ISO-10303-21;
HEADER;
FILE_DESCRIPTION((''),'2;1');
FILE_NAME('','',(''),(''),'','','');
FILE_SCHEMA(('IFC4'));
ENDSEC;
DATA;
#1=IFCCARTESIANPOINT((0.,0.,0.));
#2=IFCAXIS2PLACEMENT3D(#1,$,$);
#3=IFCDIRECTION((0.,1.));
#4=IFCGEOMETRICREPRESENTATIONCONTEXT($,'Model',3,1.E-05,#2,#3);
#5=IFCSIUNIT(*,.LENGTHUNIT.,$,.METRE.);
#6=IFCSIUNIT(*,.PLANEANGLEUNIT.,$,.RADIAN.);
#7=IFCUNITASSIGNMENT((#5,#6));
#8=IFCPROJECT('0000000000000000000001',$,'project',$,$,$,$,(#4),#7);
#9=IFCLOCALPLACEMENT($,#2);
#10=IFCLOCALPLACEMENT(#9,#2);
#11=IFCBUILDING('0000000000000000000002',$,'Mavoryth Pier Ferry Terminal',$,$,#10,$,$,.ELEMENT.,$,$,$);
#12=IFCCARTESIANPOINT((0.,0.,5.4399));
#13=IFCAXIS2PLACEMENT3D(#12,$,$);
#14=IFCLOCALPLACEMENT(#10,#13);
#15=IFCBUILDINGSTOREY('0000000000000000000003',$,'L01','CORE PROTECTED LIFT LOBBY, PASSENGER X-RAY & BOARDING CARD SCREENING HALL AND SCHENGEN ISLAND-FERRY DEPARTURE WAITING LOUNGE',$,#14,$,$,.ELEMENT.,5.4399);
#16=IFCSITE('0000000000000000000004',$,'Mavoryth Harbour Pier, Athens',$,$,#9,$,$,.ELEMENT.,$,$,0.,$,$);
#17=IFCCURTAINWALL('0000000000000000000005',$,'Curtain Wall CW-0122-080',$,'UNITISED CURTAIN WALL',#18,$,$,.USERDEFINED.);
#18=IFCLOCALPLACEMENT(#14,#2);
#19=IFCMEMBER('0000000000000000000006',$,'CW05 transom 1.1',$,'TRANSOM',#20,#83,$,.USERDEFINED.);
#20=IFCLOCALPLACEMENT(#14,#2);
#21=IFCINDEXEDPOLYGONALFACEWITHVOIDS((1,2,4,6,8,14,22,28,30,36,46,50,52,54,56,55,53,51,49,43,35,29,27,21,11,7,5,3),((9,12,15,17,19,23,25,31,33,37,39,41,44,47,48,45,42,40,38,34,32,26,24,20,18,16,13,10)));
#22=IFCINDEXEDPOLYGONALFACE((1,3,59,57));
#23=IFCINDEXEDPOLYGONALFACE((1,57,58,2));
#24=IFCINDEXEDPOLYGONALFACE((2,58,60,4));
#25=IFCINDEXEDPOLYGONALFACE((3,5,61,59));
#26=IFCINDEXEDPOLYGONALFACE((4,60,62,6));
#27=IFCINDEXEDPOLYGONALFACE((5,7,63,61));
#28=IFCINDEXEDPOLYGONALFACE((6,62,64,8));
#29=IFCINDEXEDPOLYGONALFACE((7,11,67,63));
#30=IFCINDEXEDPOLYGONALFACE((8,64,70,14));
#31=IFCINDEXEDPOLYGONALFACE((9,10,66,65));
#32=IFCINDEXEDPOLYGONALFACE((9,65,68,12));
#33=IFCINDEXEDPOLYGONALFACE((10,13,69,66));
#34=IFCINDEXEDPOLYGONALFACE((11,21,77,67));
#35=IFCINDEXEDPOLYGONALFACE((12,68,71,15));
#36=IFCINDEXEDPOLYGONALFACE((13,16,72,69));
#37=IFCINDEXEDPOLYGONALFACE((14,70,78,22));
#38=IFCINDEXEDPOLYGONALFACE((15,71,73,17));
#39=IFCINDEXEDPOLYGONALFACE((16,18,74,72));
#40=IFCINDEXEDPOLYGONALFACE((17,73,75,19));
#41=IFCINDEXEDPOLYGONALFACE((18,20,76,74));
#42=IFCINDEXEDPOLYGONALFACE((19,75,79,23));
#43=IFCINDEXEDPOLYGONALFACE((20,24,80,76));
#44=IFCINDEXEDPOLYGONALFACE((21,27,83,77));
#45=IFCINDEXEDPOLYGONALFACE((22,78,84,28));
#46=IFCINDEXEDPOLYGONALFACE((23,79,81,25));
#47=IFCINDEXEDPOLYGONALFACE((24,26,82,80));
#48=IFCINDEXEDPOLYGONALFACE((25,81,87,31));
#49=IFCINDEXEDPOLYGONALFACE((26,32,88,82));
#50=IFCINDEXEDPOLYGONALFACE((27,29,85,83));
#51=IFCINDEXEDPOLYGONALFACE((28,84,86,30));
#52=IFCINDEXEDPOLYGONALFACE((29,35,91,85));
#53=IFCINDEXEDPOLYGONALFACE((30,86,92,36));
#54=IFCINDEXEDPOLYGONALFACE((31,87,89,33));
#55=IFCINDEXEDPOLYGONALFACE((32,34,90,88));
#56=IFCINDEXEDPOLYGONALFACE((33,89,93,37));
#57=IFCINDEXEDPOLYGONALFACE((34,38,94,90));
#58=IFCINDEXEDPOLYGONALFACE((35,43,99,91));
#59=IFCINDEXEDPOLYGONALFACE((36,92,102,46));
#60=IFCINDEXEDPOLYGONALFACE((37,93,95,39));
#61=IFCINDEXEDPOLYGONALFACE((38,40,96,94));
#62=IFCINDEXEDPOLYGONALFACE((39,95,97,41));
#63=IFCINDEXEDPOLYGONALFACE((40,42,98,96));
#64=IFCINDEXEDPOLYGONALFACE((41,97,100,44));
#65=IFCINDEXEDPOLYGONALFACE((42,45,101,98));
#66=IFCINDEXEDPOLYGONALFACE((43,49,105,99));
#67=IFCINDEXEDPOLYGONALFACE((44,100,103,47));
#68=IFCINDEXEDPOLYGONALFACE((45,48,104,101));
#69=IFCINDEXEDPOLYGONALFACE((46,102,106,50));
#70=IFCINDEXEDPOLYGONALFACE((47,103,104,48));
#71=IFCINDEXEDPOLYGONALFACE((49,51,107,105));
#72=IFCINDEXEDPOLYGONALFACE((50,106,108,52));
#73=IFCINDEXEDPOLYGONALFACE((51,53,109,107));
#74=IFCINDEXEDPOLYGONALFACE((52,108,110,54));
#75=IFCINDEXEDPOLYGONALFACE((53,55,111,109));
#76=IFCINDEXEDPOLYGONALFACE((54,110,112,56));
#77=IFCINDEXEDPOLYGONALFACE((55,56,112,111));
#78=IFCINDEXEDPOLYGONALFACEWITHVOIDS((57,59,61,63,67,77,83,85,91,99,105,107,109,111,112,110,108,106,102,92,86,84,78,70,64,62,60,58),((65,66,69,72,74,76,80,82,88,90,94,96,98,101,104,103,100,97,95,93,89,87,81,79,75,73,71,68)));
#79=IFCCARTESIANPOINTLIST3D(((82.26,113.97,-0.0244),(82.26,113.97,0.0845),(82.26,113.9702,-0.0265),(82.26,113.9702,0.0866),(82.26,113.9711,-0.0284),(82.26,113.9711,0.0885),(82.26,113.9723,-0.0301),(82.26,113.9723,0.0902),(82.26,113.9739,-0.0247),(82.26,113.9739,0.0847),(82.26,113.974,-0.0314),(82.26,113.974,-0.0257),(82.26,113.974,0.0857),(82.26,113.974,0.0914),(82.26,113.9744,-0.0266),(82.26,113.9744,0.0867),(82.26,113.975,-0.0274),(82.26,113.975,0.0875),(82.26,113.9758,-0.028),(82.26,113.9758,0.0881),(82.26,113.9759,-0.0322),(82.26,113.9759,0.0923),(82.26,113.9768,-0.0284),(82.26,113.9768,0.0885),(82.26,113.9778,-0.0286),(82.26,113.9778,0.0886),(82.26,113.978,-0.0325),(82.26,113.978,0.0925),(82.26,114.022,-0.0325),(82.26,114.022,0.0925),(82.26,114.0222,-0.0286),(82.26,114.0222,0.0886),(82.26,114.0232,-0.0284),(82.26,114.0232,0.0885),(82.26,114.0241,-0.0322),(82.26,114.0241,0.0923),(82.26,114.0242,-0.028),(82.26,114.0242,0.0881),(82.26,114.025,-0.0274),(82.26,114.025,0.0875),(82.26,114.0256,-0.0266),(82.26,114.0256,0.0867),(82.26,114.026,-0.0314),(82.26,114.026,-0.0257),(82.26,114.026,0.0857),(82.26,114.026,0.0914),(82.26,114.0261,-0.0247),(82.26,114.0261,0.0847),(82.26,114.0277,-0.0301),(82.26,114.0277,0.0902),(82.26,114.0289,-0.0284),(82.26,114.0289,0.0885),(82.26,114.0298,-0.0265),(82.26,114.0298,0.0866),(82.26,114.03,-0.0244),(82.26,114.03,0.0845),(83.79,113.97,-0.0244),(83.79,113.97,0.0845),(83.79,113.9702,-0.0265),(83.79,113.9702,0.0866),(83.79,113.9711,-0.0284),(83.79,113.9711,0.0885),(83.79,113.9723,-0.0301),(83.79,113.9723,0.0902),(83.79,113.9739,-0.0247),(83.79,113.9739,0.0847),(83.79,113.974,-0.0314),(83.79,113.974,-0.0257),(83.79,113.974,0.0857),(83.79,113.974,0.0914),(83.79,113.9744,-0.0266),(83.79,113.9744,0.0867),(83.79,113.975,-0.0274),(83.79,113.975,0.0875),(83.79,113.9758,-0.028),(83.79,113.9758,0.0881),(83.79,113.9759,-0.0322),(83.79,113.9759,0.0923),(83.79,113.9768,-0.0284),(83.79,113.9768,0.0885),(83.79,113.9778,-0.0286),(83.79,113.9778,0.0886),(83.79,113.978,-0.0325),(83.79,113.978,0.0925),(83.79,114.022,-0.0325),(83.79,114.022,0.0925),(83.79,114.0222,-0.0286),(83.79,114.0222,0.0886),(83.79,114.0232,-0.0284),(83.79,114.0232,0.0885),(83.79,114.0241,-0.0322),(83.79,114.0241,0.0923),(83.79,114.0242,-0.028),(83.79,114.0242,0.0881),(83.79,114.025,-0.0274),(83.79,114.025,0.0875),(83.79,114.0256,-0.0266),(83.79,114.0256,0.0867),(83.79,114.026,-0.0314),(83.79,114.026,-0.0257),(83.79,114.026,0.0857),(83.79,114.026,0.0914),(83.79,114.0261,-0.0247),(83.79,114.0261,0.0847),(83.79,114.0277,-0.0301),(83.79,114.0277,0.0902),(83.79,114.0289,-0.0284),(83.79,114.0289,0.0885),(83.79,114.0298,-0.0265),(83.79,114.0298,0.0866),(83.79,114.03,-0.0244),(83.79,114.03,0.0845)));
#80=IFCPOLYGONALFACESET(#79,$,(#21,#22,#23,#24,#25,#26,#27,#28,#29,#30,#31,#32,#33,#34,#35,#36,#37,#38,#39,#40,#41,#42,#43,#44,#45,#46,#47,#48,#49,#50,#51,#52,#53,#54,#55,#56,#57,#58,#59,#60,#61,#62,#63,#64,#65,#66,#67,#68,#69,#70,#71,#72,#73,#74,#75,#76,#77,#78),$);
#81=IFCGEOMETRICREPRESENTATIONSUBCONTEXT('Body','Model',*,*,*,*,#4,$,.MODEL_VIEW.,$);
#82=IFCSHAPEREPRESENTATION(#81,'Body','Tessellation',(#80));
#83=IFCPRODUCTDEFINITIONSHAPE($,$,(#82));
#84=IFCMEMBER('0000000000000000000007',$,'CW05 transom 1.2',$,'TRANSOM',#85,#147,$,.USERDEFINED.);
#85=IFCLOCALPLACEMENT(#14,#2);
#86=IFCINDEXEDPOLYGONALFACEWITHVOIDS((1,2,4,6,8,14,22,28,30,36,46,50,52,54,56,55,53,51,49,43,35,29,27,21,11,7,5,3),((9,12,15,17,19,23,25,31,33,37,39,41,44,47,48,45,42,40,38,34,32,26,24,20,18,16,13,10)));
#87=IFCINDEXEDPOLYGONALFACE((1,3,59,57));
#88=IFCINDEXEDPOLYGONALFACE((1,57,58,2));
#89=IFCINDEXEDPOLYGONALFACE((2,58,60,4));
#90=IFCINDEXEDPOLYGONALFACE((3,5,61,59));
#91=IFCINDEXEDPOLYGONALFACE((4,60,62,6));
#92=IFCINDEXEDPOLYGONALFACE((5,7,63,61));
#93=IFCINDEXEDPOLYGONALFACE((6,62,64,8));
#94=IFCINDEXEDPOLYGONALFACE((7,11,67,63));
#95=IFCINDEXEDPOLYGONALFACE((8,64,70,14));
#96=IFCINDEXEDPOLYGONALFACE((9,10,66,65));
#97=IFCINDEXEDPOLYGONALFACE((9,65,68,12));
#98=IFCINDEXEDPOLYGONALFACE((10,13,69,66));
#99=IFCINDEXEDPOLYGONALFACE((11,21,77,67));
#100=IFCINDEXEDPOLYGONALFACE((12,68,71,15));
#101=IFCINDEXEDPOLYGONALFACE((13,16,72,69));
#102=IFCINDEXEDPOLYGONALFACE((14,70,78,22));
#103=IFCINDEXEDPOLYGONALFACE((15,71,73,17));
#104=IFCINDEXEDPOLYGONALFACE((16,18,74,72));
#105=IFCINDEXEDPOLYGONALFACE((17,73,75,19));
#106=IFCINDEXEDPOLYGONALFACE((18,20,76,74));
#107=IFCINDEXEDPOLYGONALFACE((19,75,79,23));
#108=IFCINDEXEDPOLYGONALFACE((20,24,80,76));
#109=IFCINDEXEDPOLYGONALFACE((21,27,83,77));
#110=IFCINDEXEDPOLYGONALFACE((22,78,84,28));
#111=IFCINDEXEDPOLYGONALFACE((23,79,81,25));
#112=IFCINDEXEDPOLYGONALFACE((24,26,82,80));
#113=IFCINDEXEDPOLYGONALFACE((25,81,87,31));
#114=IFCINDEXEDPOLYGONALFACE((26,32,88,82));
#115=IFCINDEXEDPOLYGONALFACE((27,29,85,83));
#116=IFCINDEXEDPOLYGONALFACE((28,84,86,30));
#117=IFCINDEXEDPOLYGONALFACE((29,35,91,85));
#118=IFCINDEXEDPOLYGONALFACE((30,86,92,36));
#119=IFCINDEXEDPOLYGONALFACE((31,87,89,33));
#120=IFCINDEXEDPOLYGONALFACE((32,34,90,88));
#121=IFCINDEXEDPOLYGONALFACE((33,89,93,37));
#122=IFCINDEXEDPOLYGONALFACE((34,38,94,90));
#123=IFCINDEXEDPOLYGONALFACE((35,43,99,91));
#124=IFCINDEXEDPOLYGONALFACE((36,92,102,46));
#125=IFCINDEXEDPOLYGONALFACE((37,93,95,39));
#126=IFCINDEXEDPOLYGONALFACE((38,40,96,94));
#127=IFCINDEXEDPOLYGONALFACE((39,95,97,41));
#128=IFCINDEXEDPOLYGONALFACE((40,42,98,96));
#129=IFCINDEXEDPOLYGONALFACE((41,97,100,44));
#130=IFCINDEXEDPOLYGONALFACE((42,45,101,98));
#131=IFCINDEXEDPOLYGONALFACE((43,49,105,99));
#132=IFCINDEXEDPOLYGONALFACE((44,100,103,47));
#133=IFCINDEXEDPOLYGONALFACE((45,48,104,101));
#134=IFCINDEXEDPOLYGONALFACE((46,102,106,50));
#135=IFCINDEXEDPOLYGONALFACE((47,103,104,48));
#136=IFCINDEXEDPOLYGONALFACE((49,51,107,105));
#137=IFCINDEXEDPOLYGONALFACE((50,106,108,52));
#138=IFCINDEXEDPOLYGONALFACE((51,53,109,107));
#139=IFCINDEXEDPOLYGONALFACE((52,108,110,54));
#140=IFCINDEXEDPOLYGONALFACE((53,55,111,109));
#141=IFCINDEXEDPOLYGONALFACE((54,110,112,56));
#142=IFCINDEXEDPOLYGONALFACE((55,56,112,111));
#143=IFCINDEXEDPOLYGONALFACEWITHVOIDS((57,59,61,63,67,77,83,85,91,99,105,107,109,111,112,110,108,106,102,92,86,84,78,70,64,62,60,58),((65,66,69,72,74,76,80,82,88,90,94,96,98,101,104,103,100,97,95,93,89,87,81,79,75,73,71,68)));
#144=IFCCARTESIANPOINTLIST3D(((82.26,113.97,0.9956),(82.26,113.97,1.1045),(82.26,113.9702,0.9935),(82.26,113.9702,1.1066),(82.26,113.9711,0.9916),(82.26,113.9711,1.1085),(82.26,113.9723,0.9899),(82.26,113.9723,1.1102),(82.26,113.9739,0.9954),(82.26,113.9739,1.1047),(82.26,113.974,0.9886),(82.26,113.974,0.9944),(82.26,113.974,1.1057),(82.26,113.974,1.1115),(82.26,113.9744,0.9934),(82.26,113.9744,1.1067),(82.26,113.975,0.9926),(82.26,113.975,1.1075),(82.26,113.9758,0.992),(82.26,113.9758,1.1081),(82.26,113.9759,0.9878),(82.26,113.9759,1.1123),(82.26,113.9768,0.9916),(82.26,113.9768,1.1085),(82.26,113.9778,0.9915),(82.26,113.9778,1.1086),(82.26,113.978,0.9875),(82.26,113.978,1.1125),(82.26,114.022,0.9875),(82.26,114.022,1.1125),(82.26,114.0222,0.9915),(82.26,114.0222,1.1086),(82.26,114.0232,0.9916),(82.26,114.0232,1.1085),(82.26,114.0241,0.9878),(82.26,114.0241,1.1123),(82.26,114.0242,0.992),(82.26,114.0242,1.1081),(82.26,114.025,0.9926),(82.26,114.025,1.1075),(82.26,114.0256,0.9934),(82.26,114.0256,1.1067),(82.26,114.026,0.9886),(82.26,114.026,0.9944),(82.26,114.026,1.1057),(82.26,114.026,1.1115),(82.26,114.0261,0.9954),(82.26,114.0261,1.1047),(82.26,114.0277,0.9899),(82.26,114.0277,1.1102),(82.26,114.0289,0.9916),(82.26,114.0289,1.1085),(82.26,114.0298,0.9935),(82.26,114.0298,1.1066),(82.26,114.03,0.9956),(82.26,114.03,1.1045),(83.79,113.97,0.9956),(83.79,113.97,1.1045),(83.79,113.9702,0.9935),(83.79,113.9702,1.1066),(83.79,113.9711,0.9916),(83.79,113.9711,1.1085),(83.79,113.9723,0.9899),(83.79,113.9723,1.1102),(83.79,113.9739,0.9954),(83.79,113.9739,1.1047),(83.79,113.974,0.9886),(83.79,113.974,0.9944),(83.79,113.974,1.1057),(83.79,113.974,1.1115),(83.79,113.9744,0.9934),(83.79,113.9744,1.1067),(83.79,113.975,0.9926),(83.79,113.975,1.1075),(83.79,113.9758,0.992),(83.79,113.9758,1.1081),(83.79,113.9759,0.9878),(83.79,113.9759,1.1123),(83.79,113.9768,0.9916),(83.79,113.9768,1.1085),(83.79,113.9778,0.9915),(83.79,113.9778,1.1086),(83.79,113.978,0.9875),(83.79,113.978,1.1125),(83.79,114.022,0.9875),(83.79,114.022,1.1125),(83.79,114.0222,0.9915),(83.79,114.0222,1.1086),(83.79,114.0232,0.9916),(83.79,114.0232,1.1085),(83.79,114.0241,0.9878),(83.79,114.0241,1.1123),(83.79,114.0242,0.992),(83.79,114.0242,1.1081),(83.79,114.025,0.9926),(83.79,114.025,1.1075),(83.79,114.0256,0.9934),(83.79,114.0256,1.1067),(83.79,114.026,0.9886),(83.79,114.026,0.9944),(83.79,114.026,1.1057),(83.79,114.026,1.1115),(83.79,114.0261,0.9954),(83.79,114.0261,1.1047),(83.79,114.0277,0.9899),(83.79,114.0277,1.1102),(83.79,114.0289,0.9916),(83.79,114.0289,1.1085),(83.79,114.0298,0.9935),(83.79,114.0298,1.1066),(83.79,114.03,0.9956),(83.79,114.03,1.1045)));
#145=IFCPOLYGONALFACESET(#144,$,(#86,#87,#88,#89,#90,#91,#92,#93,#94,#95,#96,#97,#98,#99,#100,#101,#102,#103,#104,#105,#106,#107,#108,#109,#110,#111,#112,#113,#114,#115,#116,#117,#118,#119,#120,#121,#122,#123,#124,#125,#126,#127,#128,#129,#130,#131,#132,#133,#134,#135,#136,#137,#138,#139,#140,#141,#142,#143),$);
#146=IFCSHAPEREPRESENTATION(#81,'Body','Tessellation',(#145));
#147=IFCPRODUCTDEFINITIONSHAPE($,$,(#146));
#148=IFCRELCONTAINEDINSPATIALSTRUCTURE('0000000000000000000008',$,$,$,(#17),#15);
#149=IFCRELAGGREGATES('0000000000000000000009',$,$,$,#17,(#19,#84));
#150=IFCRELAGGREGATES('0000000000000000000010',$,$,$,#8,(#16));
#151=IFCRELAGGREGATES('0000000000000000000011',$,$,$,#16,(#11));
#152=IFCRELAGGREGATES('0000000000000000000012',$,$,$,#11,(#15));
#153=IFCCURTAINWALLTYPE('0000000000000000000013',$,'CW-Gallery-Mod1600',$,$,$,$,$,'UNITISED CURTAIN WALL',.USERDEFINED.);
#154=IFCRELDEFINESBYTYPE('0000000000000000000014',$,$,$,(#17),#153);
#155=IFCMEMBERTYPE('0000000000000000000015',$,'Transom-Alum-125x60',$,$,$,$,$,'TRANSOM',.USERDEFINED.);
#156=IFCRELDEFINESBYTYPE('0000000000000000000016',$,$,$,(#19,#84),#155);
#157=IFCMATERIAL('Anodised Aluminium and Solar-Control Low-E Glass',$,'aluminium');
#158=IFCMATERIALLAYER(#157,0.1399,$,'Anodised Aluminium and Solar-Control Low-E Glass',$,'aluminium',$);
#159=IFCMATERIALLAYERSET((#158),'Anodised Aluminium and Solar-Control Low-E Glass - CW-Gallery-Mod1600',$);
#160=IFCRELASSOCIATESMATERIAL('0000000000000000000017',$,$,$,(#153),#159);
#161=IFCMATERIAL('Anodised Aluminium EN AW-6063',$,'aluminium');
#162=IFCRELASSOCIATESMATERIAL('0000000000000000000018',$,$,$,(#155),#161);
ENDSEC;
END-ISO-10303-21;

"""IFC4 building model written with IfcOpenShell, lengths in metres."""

from ifc_helpers import new_model, si_unit, direction, frame, origin, origin_2d, place, context, subcontext, project, spatial, hollow_rectangle, extrude, material, layer, layer_set, material_profile, profile_set, type_object, element, aggregate, save


model = new_model("IFC4")

# Units and contexts
model_context = context("Model", 3, precision=1e-05, world=origin(), true_north=direction((0.0, 1.0)))
body_context = subcontext(model_context, "Body", "Model", "MODEL_VIEW")
ifc_project = project(units=[si_unit("LENGTHUNIT", "METRE"), si_unit("PLANEANGLEUNIT", "RADIAN")], contexts=[model_context])

# Site, building, storey
site_placement = place(None, origin())
site = spatial("IfcSite", under=ifc_project, at=site_placement, Name="Mavoryth Harbour Pier, Athens", CompositionType="ELEMENT", RefElevation=0.0)
building_placement = place(site_placement, origin())
building = spatial("IfcBuilding", under=site, at=building_placement, Name="Mavoryth Pier Ferry Terminal", CompositionType="ELEMENT")
storey_placement = place(building_placement, frame((0.0, 0.0, 5.4399)))
storey = spatial("IfcBuildingStorey", under=building, at=storey_placement, Name="L01", Description="CORE PROTECTED LIFT LOBBY, PASSENGER X-RAY & BOARDING CARD SCREENING HALL AND SCHENGEN ISLAND-FERRY DEPARTURE WAITING LOUNGE", CompositionType="ELEMENT", Elevation=5.4399)

# Curtain wall
ifc_material_1 = material(Name="Anodised Aluminium and Solar-Control Low-E Glass", Category="aluminium")
ifc_layer_1 = layer(ifc_material_1, 0.1399, Name="Anodised Aluminium and Solar-Control Low-E Glass", Category="aluminium")
ifc_layer_set_1 = layer_set([ifc_layer_1], Name="Anodised Aluminium and Solar-Control Low-E Glass - CW-Gallery-Mod1600")
curtain_wall_type = type_object("IfcCurtainWallType", Name="CW-Gallery-Mod1600", ElementType="UNITISED CURTAIN WALL", PredefinedType="USERDEFINED", material=ifc_layer_set_1)
curtain_wall_1_placement = place(storey_placement, origin())
curtain_wall_1 = element("IfcCurtainWall", 1, at=curtain_wall_1_placement, inside=storey, type_object=curtain_wall_type, Name="Curtain Wall CW-0122-080", ObjectType="UNITISED CURTAIN WALL", PredefinedType="USERDEFINED")
ifc_material_2 = material(Name="Anodised Aluminium EN AW-6063", Category="aluminium")

# Members
ifc_material_profile_1 = material_profile(ifc_material_2, hollow_rectangle(XDim=0.0601, YDim=0.125, WallThickness=0.0039, InnerFilletRadius=0.0039, OuterFilletRadius=0.0081, at=origin_2d()), Name="AL-TRAN 125x60x4", Category="aluminium")
ifc_profile_set_1 = profile_set([ifc_material_profile_1], Name="Anodised Aluminium EN AW-6063 - AL-TRAN 125x60x4")
member_type_1 = type_object("IfcMemberType", Name="Transom-Alum-125x60", ElementType="TRANSOM", PredefinedType="USERDEFINED", material=ifc_profile_set_1)
member_1_placement = place(storey_placement, frame((83.79, 114.0, 0.03), z_axis=(-1.0, 0.0, 0.0), x_axis=(0.0, -1.0, 0.0)))
member_1 = element("IfcMember", 2, at=member_1_placement, type_object=member_type_1, Name="CW05 transom 1.1", ObjectType="TRANSOM", PredefinedType="USERDEFINED", context=body_context, shape_type="SweptSolid", body=[
    extrude(hollow_rectangle(XDim=0.0601, YDim=0.125, WallThickness=0.0039, InnerFilletRadius=0.0039, OuterFilletRadius=0.0081, at=origin_2d()), origin(), (0.0, 0.0, 1.0), 1.53),
])
member_2_placement = place(storey_placement, frame((83.79, 114.0, 1.05), z_axis=(-1.0, 0.0, 0.0), x_axis=(0.0, -1.0, 0.0)))
member_2 = element("IfcMember", 3, at=member_2_placement, type_object=member_type_1, Name="CW05 transom 1.2", ObjectType="TRANSOM", PredefinedType="USERDEFINED", context=body_context, shape_type="SweptSolid", body=[
    extrude(hollow_rectangle(XDim=0.0601, YDim=0.125, WallThickness=0.0039, InnerFilletRadius=0.0039, OuterFilletRadius=0.0081, at=origin_2d()), origin(), (0.0, 0.0, 1.0), 1.53),
])

aggregate(curtain_wall_1, [member_1, member_2])

save(model, "model.ifc")
